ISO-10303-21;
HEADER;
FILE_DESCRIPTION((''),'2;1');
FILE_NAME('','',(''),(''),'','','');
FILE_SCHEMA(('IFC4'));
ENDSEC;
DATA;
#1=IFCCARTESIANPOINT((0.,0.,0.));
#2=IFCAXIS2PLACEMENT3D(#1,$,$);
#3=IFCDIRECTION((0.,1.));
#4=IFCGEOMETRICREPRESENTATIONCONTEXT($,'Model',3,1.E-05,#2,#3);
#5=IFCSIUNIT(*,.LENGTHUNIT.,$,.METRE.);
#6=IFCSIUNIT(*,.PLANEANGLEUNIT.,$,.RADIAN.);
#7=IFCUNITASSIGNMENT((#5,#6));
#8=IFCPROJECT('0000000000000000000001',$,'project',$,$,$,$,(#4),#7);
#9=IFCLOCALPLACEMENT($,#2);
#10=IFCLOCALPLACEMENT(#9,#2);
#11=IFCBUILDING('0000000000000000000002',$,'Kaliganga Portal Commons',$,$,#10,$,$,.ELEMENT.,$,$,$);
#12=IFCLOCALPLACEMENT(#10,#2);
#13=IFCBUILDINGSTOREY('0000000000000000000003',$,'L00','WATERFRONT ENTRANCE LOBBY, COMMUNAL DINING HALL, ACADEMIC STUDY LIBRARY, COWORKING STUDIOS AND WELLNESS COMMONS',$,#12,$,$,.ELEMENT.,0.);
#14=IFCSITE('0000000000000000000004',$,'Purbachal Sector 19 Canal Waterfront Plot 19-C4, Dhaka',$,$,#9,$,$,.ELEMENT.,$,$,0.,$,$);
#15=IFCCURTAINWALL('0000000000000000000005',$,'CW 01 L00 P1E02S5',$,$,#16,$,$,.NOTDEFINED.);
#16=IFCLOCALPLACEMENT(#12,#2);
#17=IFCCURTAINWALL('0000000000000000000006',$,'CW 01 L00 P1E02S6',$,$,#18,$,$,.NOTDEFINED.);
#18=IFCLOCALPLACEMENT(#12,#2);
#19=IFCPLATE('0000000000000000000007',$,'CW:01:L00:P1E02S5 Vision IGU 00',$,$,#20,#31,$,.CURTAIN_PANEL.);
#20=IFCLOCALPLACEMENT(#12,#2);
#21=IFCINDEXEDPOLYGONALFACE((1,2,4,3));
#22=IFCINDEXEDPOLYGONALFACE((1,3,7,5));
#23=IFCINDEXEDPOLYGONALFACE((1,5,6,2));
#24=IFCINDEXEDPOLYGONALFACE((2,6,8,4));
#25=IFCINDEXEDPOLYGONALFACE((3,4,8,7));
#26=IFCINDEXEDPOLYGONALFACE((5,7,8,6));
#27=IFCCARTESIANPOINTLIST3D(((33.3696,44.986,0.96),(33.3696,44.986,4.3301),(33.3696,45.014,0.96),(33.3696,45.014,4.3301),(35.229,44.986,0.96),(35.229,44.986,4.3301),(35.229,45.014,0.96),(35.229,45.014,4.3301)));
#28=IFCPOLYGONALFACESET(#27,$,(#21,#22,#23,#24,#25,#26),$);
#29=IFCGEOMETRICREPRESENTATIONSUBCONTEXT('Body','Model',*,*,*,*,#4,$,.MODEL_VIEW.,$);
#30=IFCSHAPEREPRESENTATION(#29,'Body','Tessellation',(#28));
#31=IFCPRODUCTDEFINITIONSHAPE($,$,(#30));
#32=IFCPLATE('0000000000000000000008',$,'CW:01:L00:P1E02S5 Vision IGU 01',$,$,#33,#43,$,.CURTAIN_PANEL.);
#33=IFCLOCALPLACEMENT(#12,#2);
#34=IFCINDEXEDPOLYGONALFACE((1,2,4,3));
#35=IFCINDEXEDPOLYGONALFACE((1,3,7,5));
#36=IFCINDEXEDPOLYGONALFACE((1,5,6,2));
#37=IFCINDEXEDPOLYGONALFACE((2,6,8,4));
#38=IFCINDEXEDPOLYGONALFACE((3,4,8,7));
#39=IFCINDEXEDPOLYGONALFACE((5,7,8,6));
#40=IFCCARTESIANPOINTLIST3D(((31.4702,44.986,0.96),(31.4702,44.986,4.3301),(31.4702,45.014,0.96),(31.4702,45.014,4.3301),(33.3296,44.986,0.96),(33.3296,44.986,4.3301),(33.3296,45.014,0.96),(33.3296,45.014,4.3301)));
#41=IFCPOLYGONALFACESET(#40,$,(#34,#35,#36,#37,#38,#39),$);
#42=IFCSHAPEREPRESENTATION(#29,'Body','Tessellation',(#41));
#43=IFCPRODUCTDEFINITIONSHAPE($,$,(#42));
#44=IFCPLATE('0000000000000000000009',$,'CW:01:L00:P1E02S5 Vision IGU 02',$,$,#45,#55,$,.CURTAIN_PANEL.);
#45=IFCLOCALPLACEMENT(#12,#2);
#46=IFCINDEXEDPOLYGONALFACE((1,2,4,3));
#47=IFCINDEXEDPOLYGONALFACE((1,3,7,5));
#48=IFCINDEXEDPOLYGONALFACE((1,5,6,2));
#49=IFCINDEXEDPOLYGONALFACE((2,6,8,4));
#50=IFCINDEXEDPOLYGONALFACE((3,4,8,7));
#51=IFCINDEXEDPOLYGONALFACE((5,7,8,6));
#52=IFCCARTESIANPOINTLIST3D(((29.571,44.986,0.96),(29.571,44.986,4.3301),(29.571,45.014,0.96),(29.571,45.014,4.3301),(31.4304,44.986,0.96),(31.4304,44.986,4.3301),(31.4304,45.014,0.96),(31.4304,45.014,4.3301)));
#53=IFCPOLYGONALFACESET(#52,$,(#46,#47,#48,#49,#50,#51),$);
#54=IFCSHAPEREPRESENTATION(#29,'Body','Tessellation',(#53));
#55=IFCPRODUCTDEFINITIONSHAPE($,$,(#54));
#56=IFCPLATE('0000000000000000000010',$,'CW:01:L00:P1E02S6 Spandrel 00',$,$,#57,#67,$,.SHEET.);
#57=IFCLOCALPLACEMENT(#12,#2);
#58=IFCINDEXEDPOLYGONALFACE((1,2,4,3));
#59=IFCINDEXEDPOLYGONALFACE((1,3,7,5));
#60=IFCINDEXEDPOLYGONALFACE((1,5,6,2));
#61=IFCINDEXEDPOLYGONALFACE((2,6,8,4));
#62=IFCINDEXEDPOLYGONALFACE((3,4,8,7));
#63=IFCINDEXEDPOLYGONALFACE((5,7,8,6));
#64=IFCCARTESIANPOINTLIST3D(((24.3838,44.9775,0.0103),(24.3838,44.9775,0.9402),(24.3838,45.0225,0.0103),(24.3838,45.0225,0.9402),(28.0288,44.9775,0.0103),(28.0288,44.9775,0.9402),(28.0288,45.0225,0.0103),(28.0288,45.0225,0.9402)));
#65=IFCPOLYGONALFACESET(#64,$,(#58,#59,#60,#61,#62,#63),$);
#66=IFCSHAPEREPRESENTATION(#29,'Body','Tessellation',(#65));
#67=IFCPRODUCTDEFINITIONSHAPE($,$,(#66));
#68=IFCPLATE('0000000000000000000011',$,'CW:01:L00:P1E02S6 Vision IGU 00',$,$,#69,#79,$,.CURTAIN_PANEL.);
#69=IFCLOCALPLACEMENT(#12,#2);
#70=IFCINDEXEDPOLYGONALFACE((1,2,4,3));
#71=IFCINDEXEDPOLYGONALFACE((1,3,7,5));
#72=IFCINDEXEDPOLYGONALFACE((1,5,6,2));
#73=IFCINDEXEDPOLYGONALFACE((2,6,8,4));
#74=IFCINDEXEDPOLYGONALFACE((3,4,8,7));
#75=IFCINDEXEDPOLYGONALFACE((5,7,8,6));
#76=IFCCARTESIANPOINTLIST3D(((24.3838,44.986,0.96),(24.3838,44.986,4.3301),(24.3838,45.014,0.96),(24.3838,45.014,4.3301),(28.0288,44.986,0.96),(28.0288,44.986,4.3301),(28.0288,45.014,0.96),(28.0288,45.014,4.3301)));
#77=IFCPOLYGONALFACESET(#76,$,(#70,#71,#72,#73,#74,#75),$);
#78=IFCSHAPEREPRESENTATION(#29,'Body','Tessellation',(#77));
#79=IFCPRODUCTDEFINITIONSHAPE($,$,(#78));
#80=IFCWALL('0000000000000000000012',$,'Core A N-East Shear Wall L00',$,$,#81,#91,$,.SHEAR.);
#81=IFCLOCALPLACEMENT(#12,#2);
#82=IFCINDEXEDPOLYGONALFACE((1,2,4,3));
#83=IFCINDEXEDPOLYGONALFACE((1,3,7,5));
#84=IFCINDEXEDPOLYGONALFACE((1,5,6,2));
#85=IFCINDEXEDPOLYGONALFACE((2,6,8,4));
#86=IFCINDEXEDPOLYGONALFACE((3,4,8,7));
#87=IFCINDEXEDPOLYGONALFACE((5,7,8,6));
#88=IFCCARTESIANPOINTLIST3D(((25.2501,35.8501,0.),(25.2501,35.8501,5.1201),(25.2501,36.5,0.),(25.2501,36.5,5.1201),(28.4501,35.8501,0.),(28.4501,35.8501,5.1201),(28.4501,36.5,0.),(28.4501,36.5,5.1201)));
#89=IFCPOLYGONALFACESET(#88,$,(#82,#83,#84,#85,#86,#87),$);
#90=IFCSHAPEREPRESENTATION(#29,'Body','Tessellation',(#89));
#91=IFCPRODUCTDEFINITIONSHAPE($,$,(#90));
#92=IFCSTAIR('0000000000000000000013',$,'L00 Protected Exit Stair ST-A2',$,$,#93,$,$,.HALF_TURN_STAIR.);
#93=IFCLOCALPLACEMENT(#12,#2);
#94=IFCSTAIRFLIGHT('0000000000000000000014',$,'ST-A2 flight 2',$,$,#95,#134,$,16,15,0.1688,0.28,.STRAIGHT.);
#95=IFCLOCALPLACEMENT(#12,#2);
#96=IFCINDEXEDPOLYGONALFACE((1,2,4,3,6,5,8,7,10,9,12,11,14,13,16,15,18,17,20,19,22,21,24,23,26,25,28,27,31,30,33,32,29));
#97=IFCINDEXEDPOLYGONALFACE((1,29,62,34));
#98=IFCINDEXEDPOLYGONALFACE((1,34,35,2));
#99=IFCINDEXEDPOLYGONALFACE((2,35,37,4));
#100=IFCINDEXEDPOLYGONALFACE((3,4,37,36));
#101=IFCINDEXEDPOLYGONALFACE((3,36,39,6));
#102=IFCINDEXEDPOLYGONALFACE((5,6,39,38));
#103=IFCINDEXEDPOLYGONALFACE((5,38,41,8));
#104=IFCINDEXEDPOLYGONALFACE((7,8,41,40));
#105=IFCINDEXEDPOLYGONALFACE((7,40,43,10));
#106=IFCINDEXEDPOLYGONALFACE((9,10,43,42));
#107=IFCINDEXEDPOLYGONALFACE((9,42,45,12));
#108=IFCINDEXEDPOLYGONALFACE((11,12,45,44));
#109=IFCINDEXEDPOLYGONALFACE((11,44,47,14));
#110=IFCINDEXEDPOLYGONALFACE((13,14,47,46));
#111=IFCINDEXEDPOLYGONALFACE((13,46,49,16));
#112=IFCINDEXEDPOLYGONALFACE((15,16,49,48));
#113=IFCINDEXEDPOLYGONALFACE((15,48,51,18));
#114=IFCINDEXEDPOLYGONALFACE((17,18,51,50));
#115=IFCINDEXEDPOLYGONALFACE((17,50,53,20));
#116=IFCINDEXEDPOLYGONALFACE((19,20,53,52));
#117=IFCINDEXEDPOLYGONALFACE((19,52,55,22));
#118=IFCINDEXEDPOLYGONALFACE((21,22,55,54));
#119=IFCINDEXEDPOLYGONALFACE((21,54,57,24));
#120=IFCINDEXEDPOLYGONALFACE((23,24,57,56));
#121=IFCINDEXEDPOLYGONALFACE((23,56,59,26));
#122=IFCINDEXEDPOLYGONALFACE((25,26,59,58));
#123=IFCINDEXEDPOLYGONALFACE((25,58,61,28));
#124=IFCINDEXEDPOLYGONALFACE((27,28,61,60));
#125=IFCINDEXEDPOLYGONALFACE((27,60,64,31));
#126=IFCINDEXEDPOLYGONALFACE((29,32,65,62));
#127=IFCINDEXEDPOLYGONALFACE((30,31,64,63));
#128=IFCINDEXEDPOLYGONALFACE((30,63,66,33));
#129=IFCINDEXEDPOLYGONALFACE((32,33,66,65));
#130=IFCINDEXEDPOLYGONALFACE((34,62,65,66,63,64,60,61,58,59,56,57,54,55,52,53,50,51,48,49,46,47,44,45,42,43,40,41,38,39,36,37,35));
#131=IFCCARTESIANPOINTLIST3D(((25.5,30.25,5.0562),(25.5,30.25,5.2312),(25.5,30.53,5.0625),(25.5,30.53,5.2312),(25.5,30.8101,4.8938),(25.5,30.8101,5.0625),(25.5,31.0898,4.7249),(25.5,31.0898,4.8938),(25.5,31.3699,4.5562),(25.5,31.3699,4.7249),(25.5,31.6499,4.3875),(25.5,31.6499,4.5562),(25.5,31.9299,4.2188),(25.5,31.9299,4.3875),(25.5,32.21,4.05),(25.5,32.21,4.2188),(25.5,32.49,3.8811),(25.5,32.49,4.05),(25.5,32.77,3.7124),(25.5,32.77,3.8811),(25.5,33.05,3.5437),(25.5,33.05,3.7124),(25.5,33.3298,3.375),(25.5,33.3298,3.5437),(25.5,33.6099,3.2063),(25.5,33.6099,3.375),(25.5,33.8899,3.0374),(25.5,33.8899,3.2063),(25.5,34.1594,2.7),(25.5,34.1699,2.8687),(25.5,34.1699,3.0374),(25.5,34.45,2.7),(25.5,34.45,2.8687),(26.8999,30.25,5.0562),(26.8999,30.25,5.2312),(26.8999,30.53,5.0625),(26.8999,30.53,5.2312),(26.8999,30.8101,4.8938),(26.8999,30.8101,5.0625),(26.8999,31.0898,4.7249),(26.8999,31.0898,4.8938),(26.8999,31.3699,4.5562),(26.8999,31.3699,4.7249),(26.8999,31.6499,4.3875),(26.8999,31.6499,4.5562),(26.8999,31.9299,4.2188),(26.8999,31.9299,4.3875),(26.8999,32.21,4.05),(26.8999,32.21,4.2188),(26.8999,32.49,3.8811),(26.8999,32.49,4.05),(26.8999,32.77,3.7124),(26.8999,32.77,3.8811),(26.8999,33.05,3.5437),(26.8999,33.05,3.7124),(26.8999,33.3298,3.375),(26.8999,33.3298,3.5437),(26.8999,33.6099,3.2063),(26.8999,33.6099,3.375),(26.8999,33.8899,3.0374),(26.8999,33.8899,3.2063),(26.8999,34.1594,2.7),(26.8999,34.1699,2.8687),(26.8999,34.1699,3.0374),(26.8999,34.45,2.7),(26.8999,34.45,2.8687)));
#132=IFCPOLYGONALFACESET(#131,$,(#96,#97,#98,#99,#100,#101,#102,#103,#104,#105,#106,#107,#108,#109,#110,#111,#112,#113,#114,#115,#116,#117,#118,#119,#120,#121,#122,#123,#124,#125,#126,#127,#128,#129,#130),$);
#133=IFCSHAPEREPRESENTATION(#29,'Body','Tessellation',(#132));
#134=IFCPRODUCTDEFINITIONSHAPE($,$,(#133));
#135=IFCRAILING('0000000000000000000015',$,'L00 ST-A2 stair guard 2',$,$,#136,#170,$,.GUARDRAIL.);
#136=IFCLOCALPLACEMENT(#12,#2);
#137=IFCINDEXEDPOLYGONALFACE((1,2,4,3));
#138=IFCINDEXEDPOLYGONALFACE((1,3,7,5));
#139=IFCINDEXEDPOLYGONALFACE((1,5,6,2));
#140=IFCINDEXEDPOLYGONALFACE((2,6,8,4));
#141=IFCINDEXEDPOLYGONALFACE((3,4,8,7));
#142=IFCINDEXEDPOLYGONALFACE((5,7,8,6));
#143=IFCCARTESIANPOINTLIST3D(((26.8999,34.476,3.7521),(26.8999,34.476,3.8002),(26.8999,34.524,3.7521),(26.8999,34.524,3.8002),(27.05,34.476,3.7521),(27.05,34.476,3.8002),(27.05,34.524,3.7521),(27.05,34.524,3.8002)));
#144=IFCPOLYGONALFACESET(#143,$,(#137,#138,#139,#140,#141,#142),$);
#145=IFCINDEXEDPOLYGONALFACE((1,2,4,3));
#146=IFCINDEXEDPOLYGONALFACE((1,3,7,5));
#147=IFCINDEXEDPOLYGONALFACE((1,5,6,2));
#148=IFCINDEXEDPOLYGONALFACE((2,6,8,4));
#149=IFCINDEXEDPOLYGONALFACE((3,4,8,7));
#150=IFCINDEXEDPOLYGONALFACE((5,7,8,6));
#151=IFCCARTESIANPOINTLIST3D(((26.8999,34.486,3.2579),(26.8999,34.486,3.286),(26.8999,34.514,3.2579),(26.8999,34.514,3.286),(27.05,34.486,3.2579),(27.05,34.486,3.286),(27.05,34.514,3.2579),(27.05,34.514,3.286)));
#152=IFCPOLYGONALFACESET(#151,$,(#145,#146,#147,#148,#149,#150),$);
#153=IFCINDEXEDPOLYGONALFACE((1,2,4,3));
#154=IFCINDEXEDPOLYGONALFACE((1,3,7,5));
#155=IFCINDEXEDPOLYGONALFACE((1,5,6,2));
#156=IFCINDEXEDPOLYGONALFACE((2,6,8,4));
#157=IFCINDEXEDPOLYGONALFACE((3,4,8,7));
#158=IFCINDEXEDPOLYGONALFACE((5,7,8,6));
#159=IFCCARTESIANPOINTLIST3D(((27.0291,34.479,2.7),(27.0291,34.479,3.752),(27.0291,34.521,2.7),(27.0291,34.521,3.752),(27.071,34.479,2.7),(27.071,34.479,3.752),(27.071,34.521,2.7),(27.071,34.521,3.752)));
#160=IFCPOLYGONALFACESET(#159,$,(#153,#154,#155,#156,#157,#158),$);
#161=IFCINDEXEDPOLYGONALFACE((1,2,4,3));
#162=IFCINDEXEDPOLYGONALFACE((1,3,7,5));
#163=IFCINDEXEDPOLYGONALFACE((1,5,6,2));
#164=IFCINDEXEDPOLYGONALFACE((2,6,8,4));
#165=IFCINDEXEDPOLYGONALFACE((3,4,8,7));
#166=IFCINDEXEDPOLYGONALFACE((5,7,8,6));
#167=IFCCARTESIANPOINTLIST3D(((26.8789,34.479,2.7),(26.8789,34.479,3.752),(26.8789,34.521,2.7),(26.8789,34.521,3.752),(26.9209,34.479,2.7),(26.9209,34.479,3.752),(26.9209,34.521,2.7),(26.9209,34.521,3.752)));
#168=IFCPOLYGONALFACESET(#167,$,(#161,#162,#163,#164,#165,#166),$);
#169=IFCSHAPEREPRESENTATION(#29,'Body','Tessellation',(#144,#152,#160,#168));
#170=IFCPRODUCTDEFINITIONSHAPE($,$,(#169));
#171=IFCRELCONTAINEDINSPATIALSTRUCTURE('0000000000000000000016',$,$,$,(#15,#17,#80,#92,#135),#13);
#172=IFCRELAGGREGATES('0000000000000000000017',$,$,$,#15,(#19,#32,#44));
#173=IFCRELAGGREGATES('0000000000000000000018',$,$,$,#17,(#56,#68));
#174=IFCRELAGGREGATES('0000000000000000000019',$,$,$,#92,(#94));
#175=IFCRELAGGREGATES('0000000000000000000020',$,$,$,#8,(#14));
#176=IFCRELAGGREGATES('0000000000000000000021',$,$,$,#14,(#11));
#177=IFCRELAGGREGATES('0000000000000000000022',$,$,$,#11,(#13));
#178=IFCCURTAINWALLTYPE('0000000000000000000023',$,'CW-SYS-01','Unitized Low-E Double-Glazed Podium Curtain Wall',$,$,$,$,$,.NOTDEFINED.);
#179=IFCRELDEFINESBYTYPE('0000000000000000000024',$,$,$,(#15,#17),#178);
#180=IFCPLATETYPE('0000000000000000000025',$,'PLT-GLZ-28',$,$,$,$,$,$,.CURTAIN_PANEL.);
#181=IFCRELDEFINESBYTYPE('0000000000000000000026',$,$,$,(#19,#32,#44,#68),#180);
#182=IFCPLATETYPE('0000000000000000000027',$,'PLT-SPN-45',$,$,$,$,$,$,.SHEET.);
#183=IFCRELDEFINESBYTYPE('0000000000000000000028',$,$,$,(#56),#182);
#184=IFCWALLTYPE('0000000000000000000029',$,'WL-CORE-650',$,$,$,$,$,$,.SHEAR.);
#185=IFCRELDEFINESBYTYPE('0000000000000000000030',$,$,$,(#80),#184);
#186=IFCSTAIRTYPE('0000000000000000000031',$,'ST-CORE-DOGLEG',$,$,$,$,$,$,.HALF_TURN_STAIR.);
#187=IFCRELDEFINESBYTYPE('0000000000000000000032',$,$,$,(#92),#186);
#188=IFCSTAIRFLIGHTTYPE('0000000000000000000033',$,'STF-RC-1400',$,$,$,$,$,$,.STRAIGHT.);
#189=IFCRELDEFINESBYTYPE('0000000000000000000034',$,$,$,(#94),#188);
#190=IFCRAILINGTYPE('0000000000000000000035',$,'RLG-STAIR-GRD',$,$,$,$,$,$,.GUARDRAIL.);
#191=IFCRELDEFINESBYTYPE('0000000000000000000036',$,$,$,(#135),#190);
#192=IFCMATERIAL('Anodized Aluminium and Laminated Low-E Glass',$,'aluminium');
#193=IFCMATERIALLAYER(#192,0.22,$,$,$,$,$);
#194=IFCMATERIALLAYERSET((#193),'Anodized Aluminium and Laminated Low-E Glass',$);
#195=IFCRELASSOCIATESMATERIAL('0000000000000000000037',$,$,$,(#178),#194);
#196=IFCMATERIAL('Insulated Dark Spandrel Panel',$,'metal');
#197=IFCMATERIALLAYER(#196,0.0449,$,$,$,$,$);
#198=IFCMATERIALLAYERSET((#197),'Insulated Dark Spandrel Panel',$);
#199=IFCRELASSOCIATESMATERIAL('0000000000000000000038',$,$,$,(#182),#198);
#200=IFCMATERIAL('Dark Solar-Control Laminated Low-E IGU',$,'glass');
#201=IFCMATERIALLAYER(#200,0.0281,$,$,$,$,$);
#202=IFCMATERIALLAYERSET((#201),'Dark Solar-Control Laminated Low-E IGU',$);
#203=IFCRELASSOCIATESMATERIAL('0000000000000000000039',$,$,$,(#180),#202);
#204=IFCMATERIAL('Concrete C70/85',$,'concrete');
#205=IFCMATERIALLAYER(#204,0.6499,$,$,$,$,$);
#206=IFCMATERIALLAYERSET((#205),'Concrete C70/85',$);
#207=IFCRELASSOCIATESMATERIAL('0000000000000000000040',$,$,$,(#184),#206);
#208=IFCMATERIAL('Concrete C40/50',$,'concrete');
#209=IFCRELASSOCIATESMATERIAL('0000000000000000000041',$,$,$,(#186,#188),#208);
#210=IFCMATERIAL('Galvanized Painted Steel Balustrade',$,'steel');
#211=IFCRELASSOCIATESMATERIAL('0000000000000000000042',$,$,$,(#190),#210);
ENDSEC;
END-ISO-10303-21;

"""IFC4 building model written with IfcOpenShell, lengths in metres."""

from ifc_helpers import new_model, si_unit, direction, frame, frame_2d, origin, origin_2d, place, context, subcontext, project, spatial, polyline, rectangle, outline, extrude, source, transform, mapped, material, layer, layer_set, type_object, element, aggregate, save


model = new_model("IFC4")

# Units and contexts
model_context = context("Model", 3, precision=1e-05, world=origin(), true_north=direction((0.0, 1.0)))
body_context = subcontext(model_context, "Body", "Model", "MODEL_VIEW")
ifc_project = project(units=[si_unit("LENGTHUNIT", "METRE"), si_unit("PLANEANGLEUNIT", "RADIAN")], contexts=[model_context])

# Site, building, storey
site_placement = place(None, origin())
site = spatial("IfcSite", under=ifc_project, at=site_placement, Name="Purbachal Sector 19 Canal Waterfront Plot 19-C4, Dhaka", CompositionType="ELEMENT", RefElevation=0.0)
building_placement = place(site_placement, origin())
building = spatial("IfcBuilding", under=site, at=building_placement, Name="Kaliganga Portal Commons", CompositionType="ELEMENT")
storey_placement = place(building_placement, origin())
storey = spatial("IfcBuildingStorey", under=building, at=storey_placement, Name="L00", Description="WATERFRONT ENTRANCE LOBBY, COMMUNAL DINING HALL, ACADEMIC STUDY LIBRARY, COWORKING STUDIOS AND WELLNESS COMMONS", CompositionType="ELEMENT", Elevation=0.0)

# Shared definitions
ifc_material_1 = material(Name="Concrete C70/85", Category="concrete")

# Curtain walls
ifc_material_2 = material(Name="Anodized Aluminium and Laminated Low-E Glass", Category="aluminium")
ifc_layer_1 = layer(ifc_material_2, 0.22)
ifc_layer_set_1 = layer_set([ifc_layer_1], Name="Anodized Aluminium and Laminated Low-E Glass")
curtain_wall_type = type_object("IfcCurtainWallType", Name="CW-SYS-01", Description="Unitized Low-E Double-Glazed Podium Curtain Wall", PredefinedType="NOTDEFINED", material=ifc_layer_set_1)
curtain_wall_1_placement = place(storey_placement, origin())
curtain_wall_1 = element("IfcCurtainWall", 1, at=curtain_wall_1_placement, inside=storey, type_object=curtain_wall_type, Name="CW 01 L00 P1E02S5", PredefinedType="NOTDEFINED")
curtain_wall_2_placement = place(storey_placement, origin())
curtain_wall_2 = element("IfcCurtainWall", 2, at=curtain_wall_2_placement, inside=storey, type_object=curtain_wall_type, Name="CW 01 L00 P1E02S6", PredefinedType="NOTDEFINED")

# Plates
ifc_material_3 = material(Name="Insulated Dark Spandrel Panel", Category="metal")
ifc_layer_2 = layer(ifc_material_3, 0.0449)
ifc_layer_set_2 = layer_set([ifc_layer_2], Name="Insulated Dark Spandrel Panel")
plate_type_1 = type_object("IfcPlateType", Name="PLT-SPN-45", PredefinedType="SHEET", material=ifc_layer_set_2)
ifc_material_4 = material(Name="Dark Solar-Control Laminated Low-E IGU", Category="glass")
ifc_layer_3 = layer(ifc_material_4, 0.0281)
ifc_layer_set_3 = layer_set([ifc_layer_3], Name="Dark Solar-Control Laminated Low-E IGU")
plate_type_2 = type_object("IfcPlateType", Name="PLT-GLZ-28", PredefinedType="CURTAIN_PANEL", material=ifc_layer_set_3)
shared_shape_1 = source(origin(), body_context, "Body", "SweptSolid", [
    extrude(rectangle(XDim=1.8594, YDim=0.0281, at=origin_2d()), origin(), (0.0, 0.0, 1.0), 3.3701),
])
plate_1_placement = place(storey_placement, frame((34.2993, 45.0, 0.96), z_axis=(0.0, 0.0, 1.0), x_axis=(-1.0, 0.0, 0.0)))
plate_1 = element("IfcPlate", 3, at=plate_1_placement, type_object=plate_type_2, Name="CW:01:L00:P1E02S5 Vision IGU 00", PredefinedType="CURTAIN_PANEL", context=body_context, shape_type="MappedRepresentation", body=[
    mapped(shared_shape_1, transform((0.0, 0.0, 0.0), x_axis=(1.0, 0.0, 0.0), y_axis=(0.0, 1.0, 0.0), z_axis=(0.0, 0.0, 1.0), scale=1.0)),
])
plate_2_placement = place(storey_placement, frame((32.3999, 45.0, 0.96), z_axis=(0.0, 0.0, 1.0), x_axis=(-1.0, 0.0, 0.0)))
plate_2 = element("IfcPlate", 4, at=plate_2_placement, type_object=plate_type_2, Name="CW:01:L00:P1E02S5 Vision IGU 01", PredefinedType="CURTAIN_PANEL", context=body_context, shape_type="MappedRepresentation", body=[
    mapped(shared_shape_1, transform((0.0, 0.0, 0.0), x_axis=(1.0, 0.0, 0.0), y_axis=(0.0, 1.0, 0.0), z_axis=(0.0, 0.0, 1.0), scale=1.0)),
])
plate_3_placement = place(storey_placement, frame((30.5007, 45.0, 0.96), z_axis=(0.0, 0.0, 1.0), x_axis=(-1.0, 0.0, 0.0)))
plate_3 = element("IfcPlate", 5, at=plate_3_placement, type_object=plate_type_2, Name="CW:01:L00:P1E02S5 Vision IGU 02", PredefinedType="CURTAIN_PANEL", context=body_context, shape_type="MappedRepresentation", body=[
    mapped(shared_shape_1, transform((0.0, 0.0, 0.0), x_axis=(1.0, 0.0, 0.0), y_axis=(0.0, 1.0, 0.0), z_axis=(0.0, 0.0, 1.0), scale=1.0)),
])
aggregate(curtain_wall_1, [plate_1, plate_2, plate_3])
shared_shape_2 = source(origin(), body_context, "Body", "SweptSolid", [
    extrude(rectangle(XDim=3.645, YDim=0.0449, at=origin_2d()), origin(), (0.0, 0.0, 1.0), 0.9299),
])
plate_4_placement = place(storey_placement, frame((26.2063, 45.0, 0.0103), z_axis=(0.0, 0.0, 1.0), x_axis=(-1.0, 0.0, 0.0)))
plate_4 = element("IfcPlate", 6, at=plate_4_placement, type_object=plate_type_1, Name="CW:01:L00:P1E02S6 Spandrel 00", PredefinedType="SHEET", context=body_context, shape_type="MappedRepresentation", body=[
    mapped(shared_shape_2, transform((0.0, 0.0, 0.0), x_axis=(1.0, 0.0, 0.0), y_axis=(0.0, 1.0, 0.0), z_axis=(0.0, 0.0, 1.0), scale=1.0)),
])
shared_shape_3 = source(origin(), body_context, "Body", "SweptSolid", [
    extrude(rectangle(XDim=3.645, YDim=0.0281, at=origin_2d()), origin(), (0.0, 0.0, 1.0), 3.3701),
])
plate_5_placement = place(storey_placement, frame((26.2063, 45.0, 0.96), z_axis=(0.0, 0.0, 1.0), x_axis=(-1.0, 0.0, 0.0)))
plate_5 = element("IfcPlate", 7, at=plate_5_placement, type_object=plate_type_2, Name="CW:01:L00:P1E02S6 Vision IGU 00", PredefinedType="CURTAIN_PANEL", context=body_context, shape_type="MappedRepresentation", body=[
    mapped(shared_shape_3, transform((0.0, 0.0, 0.0), x_axis=(1.0, 0.0, 0.0), y_axis=(0.0, 1.0, 0.0), z_axis=(0.0, 0.0, 1.0), scale=1.0)),
])
aggregate(curtain_wall_2, [plate_4, plate_5])

# Wall
ifc_layer_4 = layer(ifc_material_1, 0.6499)
ifc_layer_set_4 = layer_set([ifc_layer_4], Name="Concrete C70/85")
wall_type = type_object("IfcWallType", Name="WL-CORE-650", PredefinedType="SHEAR", material=ifc_layer_set_4)
wall_placement = place(storey_placement, frame((25.25, 36.175, 0.0), z_axis=(0.0, 0.0, 1.0), x_axis=(1.0, 0.0, 0.0)))
element("IfcWall", 8, at=wall_placement, inside=storey, type_object=wall_type, Name="Core A N-East Shear Wall L00", PredefinedType="SHEAR", context=body_context, shape_type="SweptSolid", body=[
    extrude(rectangle(XDim=3.2, YDim=0.6499, at=frame_2d((1.6001, 0.0))), origin(), (0.0, 0.0, 1.0), 5.1201),
])

# Stair, stair flight
ifc_material_5 = material(Name="Concrete C40/50", Category="concrete")
stair_type = type_object("IfcStairType", Name="ST-CORE-DOGLEG", PredefinedType="HALF_TURN_STAIR", material=ifc_material_5)
stair_placement = place(storey_placement, origin())
stair = element("IfcStair", 9, at=stair_placement, inside=storey, type_object=stair_type, Name="L00 Protected Exit Stair ST-A2", PredefinedType="HALF_TURN_STAIR")
stair_flight_type = type_object("IfcStairFlightType", Name="STF-RC-1400", PredefinedType="STRAIGHT", material=ifc_material_5)
stair_flight_placement = place(storey_placement, frame((26.2, 34.45, 2.7), z_axis=(0.0, 0.0, 1.0), x_axis=(0.0, -1.0, 0.0)))
stair_flight = element("IfcStairFlight", 10, at=stair_flight_placement, type_object=stair_flight_type, Name="ST-A2 flight 2", NumberOfRisers=16, NumberOfTreads=15, PredefinedType="STRAIGHT", RiserHeight=0.1688, TreadLength=0.28, context=body_context, shape_type="SweptSolid", body=[
    extrude(outline(polyline([(0.0, 0.0), (0.0, 0.1687), (0.28, 0.1687), (0.28, 0.3374), (0.5601, 0.3374), (0.5601, 0.5063), (0.8401, 0.5063), (0.8401, 0.675), (1.1201, 0.675), (1.1201, 0.8438), (1.3999, 0.8438), (1.3999, 1.0125), (1.6799, 1.0125), (1.6799, 1.1812), (1.96, 1.1812), (1.96, 1.3501), (2.24, 1.3501), (2.24, 1.5188), (2.52, 1.5188), (2.52, 1.6875), (2.8, 1.6875), (2.8, 1.8562), (3.0801, 1.8562), (3.0801, 2.0249), (3.3601, 2.0249), (3.3601, 2.1938), (3.6399, 2.1938), (3.6399, 2.3625), (3.9199, 2.3625), (3.9199, 2.5312), (4.2, 2.5312), (4.2, 2.7), (4.2, 2.3562), (0.2905, 0.0), (0.0, 0.0)])), frame((0.0, 0.7, 0.0), z_axis=(0.0, -1.0, 0.0), x_axis=(1.0, 0.0, 0.0)), (0.0, 0.0, 1.0), 1.3999),
])
aggregate(stair, [stair_flight])

# Railing
ifc_material_6 = material(Name="Galvanized Painted Steel Balustrade", Category="steel")
railing_type = type_object("IfcRailingType", Name="RLG-STAIR-GRD", PredefinedType="GUARDRAIL", material=ifc_material_6)
railing_1_placement = place(storey_placement, frame((27.05, 34.5, 2.7)))
element("IfcRailing", 11, at=railing_1_placement, inside=storey, type_object=railing_type, Name="L00 ST-A2 stair guard 2", PredefinedType="GUARDRAIL", context=body_context, shape_type="SweptSolid", body=[
    extrude(rectangle(XDim=0.0481, YDim=0.0481, at=origin_2d()), frame((0.0, 0.0, 1.0762), z_axis=(-1.0, 0.0, 0.0), x_axis=(0.0, -1.0, 0.0)), (0.0, 0.0, 1.0), 0.1501),
    extrude(rectangle(XDim=0.0281, YDim=0.0281, at=origin_2d()), frame((0.0, 0.0, 0.572), z_axis=(-1.0, 0.0, 0.0), x_axis=(0.0, -1.0, 0.0)), (0.0, 0.0, 1.0), 0.1501),
    extrude(rectangle(XDim=0.042, YDim=0.042, at=origin_2d()), origin(), (0.0, 0.0, 1.0), 1.052),
    extrude(rectangle(XDim=0.042, YDim=0.042, at=origin_2d()), frame((-0.1501, 0.0, 0.0)), (0.0, 0.0, 1.0), 1.052),
])

save(model, "model.ifc")
